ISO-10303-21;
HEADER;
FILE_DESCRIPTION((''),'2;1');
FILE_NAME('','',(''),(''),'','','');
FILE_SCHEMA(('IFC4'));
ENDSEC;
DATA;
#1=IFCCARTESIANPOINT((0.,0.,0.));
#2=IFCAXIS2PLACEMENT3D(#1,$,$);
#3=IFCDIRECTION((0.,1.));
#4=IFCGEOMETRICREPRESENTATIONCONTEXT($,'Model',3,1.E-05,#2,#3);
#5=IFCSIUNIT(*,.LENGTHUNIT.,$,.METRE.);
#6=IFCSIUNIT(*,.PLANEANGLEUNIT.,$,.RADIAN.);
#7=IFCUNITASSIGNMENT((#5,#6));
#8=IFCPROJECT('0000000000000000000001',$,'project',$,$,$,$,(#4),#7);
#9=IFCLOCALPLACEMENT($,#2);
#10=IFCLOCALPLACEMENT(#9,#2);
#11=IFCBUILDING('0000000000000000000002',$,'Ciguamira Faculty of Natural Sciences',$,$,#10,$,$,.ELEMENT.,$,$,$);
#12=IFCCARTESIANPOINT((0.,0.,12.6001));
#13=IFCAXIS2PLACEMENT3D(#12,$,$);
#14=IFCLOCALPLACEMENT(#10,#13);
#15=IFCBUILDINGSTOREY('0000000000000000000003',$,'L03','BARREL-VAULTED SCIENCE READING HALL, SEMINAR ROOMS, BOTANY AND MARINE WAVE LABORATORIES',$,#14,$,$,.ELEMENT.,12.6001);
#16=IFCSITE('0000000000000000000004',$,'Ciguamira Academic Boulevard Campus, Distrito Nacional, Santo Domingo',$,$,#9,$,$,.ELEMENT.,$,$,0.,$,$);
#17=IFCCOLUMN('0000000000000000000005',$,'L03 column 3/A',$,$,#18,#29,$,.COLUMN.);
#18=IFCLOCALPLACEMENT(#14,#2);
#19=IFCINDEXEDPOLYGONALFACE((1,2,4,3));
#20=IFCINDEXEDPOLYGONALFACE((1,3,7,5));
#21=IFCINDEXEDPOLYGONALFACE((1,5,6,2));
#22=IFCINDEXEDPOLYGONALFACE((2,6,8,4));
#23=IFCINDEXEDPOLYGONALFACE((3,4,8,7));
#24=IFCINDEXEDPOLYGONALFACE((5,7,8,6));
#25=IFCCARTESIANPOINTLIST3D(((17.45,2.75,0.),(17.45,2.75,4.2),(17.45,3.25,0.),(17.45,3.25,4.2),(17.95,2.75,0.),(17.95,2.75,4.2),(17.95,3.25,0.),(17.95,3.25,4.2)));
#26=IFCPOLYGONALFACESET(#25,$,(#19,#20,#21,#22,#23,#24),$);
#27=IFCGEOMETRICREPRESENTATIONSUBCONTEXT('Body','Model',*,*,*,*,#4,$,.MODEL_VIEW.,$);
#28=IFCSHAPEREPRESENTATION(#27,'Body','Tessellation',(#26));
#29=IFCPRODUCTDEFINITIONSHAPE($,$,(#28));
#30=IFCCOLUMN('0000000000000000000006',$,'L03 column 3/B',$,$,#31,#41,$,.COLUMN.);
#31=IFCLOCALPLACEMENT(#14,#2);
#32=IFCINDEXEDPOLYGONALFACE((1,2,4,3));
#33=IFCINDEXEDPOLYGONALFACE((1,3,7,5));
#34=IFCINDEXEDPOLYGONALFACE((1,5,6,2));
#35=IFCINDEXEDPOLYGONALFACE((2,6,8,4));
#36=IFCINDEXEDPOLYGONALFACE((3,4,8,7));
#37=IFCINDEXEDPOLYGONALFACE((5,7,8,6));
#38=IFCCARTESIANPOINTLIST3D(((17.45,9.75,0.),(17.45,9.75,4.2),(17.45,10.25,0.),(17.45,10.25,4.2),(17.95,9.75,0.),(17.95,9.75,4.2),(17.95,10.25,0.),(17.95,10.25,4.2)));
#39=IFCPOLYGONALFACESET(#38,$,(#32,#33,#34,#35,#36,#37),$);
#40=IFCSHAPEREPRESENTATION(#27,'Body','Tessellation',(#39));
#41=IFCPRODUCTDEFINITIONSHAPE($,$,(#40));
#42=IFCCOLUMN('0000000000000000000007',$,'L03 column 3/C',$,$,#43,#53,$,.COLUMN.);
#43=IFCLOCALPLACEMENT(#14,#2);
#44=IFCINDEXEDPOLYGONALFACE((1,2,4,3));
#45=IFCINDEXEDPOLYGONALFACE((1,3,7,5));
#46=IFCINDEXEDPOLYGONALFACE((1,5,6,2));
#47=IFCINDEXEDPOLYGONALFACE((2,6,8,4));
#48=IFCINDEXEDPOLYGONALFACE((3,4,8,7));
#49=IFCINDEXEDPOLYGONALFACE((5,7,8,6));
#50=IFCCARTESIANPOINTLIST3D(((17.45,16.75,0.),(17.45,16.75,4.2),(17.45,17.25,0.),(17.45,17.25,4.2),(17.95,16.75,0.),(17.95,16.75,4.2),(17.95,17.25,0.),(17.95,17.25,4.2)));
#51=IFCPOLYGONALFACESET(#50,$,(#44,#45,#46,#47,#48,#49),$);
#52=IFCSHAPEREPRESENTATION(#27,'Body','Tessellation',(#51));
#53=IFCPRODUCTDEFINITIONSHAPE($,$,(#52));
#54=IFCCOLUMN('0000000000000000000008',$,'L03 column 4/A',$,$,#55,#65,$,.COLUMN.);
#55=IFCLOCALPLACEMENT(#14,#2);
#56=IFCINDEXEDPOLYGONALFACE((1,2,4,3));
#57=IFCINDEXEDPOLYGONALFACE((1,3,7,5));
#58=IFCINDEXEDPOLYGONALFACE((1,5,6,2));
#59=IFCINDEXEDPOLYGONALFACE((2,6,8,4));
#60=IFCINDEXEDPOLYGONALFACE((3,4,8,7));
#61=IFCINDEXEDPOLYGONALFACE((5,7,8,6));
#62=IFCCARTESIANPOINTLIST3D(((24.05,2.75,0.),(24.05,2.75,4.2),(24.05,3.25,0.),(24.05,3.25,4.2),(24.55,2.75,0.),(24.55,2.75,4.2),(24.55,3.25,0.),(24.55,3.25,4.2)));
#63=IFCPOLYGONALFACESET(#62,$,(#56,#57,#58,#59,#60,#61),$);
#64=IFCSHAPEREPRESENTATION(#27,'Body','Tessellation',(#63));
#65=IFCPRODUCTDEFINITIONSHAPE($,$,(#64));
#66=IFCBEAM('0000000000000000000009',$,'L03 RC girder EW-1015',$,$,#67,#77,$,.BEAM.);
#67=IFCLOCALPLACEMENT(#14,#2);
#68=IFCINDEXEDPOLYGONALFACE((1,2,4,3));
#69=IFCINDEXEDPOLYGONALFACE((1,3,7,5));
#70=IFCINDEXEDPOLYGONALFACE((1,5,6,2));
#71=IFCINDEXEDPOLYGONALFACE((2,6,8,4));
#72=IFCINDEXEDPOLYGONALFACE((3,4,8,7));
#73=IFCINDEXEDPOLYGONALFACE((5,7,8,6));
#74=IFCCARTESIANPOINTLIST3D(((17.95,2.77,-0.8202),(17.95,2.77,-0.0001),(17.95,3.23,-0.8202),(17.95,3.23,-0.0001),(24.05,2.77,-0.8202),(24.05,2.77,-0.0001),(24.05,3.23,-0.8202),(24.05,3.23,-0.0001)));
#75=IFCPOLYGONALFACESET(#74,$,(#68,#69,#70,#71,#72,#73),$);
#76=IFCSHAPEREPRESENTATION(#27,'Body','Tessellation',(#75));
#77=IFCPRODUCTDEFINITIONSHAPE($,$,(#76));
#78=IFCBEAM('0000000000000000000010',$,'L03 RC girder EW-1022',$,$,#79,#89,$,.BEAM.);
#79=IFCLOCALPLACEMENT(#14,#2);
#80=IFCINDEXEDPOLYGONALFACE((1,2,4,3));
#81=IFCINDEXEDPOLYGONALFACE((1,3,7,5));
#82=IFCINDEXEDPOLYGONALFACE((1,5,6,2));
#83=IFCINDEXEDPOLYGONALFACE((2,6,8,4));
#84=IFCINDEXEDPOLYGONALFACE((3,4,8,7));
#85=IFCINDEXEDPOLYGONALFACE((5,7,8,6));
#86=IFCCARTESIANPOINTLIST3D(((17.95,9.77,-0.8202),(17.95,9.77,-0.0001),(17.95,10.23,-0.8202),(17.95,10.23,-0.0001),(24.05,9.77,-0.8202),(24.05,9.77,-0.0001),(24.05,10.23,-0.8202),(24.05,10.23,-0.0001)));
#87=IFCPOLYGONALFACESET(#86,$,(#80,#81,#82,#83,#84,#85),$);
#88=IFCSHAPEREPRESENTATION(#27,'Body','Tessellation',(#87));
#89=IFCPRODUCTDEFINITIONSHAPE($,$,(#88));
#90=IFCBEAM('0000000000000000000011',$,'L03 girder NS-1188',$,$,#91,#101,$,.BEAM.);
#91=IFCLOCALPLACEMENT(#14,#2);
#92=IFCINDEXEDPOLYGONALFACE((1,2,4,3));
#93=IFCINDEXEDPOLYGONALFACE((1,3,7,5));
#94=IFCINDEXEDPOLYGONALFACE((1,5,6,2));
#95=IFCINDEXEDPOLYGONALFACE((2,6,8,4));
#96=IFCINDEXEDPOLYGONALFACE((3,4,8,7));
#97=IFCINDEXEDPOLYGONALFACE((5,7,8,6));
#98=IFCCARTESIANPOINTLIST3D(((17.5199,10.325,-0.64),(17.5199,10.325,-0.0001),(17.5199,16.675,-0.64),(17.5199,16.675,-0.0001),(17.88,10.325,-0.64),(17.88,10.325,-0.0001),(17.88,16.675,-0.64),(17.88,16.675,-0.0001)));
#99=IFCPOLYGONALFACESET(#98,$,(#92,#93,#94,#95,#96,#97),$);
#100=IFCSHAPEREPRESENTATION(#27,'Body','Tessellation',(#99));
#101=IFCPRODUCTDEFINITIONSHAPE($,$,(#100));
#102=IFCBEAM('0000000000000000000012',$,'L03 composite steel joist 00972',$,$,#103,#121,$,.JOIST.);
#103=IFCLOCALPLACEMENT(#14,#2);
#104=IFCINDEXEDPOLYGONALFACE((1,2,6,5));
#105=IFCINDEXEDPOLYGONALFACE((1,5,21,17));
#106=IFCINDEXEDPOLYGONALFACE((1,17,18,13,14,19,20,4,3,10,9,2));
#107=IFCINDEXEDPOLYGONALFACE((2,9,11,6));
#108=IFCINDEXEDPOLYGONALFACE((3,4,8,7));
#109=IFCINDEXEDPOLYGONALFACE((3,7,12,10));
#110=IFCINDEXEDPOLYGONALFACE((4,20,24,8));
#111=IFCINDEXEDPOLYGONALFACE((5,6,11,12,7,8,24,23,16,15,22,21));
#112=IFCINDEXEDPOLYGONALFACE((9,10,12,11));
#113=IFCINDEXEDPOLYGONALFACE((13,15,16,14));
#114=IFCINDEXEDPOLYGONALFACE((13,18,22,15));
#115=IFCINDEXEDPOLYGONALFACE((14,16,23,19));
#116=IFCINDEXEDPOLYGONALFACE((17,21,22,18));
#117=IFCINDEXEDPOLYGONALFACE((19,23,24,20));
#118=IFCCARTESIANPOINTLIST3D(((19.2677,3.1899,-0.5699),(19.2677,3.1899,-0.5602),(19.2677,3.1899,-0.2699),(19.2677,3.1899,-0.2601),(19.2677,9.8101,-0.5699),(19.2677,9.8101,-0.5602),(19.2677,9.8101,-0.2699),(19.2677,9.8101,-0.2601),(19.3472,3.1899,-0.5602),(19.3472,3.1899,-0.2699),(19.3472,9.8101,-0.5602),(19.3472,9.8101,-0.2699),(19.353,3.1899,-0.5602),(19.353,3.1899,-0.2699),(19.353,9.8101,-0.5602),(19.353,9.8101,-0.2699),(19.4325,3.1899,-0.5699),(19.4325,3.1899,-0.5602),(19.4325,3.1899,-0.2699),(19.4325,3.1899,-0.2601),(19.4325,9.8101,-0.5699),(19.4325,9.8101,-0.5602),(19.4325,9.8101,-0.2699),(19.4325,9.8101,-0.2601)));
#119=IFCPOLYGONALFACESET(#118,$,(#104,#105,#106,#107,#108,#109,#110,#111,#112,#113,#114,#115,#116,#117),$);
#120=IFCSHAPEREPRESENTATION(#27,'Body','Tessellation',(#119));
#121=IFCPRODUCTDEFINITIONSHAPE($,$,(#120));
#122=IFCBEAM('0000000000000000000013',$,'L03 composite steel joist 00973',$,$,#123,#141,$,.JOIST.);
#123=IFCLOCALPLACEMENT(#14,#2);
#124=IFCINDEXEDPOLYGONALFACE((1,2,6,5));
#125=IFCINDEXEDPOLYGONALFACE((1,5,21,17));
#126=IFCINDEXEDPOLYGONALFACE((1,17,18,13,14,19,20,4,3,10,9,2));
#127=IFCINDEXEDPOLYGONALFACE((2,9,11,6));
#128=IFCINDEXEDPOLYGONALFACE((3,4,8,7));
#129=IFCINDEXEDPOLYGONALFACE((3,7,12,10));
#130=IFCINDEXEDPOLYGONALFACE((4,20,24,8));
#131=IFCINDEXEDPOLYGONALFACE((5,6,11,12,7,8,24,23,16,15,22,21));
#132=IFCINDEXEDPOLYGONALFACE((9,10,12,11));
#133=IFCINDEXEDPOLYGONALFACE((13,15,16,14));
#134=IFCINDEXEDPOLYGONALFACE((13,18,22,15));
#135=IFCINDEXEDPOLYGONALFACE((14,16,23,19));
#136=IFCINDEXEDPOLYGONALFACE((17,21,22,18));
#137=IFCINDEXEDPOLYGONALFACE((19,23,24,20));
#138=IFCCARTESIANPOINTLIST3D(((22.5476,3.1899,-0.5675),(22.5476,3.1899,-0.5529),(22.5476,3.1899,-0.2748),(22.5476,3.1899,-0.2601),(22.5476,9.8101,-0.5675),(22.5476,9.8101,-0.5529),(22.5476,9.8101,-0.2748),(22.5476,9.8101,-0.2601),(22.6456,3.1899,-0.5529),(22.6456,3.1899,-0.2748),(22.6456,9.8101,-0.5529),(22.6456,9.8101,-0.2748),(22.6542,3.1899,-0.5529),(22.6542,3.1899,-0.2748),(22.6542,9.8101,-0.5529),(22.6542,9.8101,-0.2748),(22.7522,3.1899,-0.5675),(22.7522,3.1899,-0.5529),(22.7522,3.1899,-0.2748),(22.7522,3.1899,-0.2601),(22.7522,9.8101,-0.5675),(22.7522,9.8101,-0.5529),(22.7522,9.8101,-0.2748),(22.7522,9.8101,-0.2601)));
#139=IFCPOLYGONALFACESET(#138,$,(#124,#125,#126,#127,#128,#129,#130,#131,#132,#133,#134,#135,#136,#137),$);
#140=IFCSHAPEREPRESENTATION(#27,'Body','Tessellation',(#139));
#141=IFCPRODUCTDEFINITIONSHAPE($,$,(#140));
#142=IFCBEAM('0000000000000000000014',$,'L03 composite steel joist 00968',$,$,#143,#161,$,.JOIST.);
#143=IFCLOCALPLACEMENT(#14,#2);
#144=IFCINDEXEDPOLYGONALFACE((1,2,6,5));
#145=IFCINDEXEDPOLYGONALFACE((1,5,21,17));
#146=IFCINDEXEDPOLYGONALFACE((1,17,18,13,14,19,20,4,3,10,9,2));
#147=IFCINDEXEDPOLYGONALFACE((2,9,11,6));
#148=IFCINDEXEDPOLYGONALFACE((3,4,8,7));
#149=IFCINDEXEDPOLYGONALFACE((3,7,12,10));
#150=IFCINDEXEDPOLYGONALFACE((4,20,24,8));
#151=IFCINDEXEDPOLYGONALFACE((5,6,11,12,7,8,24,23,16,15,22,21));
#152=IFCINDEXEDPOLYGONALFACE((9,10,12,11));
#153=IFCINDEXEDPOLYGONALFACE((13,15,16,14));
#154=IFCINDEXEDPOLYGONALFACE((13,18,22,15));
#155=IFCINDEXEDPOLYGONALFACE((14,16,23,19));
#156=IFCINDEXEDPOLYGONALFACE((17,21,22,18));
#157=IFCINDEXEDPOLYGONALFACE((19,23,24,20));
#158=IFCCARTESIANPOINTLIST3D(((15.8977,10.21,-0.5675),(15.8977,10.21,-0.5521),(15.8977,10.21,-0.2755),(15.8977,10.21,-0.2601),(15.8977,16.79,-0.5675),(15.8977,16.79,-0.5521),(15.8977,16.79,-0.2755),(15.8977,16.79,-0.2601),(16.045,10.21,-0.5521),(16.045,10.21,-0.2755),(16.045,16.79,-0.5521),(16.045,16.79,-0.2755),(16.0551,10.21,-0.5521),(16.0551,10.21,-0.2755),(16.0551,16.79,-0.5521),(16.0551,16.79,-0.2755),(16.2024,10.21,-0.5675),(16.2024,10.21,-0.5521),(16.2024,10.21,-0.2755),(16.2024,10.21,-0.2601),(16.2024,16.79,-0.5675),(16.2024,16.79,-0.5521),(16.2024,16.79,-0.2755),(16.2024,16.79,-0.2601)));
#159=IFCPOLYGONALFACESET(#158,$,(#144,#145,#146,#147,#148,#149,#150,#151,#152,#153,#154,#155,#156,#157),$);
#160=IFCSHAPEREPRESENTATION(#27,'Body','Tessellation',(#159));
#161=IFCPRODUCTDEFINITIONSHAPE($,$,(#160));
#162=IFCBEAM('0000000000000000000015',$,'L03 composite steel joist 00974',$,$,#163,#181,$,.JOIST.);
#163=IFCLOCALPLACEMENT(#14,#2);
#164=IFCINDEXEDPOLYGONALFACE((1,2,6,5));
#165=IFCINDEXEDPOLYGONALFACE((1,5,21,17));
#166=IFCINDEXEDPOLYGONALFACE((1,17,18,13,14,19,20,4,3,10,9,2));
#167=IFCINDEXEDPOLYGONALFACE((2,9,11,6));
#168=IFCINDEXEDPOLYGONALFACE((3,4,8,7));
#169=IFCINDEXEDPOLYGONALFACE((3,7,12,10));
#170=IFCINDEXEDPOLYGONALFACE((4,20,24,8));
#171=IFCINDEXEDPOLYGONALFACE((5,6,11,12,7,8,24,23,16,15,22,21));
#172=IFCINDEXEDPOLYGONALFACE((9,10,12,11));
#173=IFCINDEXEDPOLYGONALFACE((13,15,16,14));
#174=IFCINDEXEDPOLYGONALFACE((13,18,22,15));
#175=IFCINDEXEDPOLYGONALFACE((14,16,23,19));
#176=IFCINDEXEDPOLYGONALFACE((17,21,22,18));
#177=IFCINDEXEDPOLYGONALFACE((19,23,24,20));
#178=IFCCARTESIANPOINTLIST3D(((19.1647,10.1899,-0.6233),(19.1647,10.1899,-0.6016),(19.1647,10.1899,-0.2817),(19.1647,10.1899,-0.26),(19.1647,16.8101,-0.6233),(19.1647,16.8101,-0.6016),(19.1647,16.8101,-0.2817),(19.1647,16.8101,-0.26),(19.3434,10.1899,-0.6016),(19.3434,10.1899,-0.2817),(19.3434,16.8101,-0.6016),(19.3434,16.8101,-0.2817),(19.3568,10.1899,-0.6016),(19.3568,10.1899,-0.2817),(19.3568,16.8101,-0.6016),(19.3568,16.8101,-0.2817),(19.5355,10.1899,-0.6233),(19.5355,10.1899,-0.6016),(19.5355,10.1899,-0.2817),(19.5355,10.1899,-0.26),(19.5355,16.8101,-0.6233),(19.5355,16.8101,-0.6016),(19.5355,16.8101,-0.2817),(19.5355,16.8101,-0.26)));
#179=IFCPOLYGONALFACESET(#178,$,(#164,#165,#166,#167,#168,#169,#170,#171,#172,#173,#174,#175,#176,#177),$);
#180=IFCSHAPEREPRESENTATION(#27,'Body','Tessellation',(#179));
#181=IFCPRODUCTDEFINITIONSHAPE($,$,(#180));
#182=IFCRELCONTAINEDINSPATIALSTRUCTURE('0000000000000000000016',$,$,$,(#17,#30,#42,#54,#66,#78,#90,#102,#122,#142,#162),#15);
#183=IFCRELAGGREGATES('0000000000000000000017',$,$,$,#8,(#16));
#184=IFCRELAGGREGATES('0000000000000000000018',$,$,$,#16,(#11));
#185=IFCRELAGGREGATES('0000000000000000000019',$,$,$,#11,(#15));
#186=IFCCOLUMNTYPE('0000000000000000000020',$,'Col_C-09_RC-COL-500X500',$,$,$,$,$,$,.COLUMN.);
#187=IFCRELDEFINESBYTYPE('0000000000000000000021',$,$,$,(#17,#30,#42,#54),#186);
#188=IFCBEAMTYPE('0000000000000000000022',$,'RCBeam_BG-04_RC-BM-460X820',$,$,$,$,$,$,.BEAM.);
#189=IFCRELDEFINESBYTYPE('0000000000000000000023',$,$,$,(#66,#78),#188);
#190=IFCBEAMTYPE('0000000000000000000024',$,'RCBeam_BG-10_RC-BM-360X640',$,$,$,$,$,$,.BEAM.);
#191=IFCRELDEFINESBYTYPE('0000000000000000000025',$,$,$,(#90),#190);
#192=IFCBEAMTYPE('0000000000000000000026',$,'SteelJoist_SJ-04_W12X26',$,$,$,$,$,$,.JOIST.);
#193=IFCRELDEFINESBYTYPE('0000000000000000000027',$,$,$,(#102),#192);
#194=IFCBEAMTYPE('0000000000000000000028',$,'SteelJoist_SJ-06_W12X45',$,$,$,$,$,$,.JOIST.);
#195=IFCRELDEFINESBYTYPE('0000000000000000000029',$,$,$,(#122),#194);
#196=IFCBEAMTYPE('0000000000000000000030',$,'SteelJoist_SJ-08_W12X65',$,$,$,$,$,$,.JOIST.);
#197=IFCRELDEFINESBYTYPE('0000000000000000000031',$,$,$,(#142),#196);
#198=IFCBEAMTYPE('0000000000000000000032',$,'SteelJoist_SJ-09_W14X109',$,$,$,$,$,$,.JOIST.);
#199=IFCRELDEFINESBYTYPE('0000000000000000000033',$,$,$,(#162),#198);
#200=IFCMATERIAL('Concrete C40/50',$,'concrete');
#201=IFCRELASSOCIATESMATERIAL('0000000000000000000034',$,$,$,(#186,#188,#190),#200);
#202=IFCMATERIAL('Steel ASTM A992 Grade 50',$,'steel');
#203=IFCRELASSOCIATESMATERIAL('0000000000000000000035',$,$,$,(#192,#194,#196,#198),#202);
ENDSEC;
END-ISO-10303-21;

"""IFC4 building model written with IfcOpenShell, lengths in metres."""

from ifc_helpers import new_model, si_unit, direction, frame, origin, origin_2d, place, context, subcontext, project, spatial, rectangle, i_section, extrude, material, material_profile, profile_set, type_object, element, save


model = new_model("IFC4")

# Units and contexts
model_context = context("Model", 3, precision=1e-05, world=origin(), true_north=direction((0.0, 1.0)))
body_context = subcontext(model_context, "Body", "Model", "MODEL_VIEW")
ifc_project = project(units=[si_unit("LENGTHUNIT", "METRE"), si_unit("PLANEANGLEUNIT", "RADIAN")], contexts=[model_context])

# Site, building, storey
site_placement = place(None, origin())
site = spatial("IfcSite", under=ifc_project, at=site_placement, Name="Ciguamira Academic Boulevard Campus, Distrito Nacional, Santo Domingo", CompositionType="ELEMENT", RefElevation=0.0)
building_placement = place(site_placement, origin())
building = spatial("IfcBuilding", under=site, at=building_placement, Name="Ciguamira Faculty of Natural Sciences", CompositionType="ELEMENT")
storey_placement = place(building_placement, frame((0.0, 0.0, 12.6001)))
storey = spatial("IfcBuildingStorey", under=building, at=storey_placement, Name="L03", Description="BARREL-VAULTED SCIENCE READING HALL, SEMINAR ROOMS, BOTANY AND MARINE WAVE LABORATORIES", CompositionType="ELEMENT", Elevation=12.6001)

# Columns
ifc_material_1 = material(Name="Concrete C40/50", Category="concrete")
ifc_material_profile_1 = material_profile(ifc_material_1, rectangle(XDim=0.5, YDim=0.5, at=origin_2d()), Name="RC-COL-500X500")
ifc_profile_set_1 = profile_set([ifc_material_profile_1], Name="Concrete C40/50")
column_type = type_object("IfcColumnType", Name="Col_C-09_RC-COL-500X500", PredefinedType="COLUMN", material=ifc_profile_set_1)
for number, where, z_axis, x_axis, name in (
    (1, (17.7, 3.0, 0.0), (0.0, 0.0, 1.0), (1.0, 0.0, 0.0), "L03 column 3/A"),
    (2, (17.7, 10.0, 0.0), (0.0, 0.0, 1.0), (1.0, 0.0, 0.0), "L03 column 3/B"),
    (3, (17.7, 17.0, 0.0), (0.0, 0.0, 1.0), (1.0, 0.0, 0.0), "L03 column 3/C"),
    (4, (24.3, 3.0, 0.0), (0.0, 0.0, 1.0), (1.0, 0.0, 0.0), "L03 column 4/A"),
):
    element("IfcColumn", number, at=place(storey_placement, frame(where, z_axis=z_axis, x_axis=x_axis)), inside=storey, type_object=column_type, Name=name, PredefinedType="COLUMN", context=body_context, shape_type="SweptSolid", body=[
        extrude(rectangle(XDim=0.5, YDim=0.5, at=origin_2d()), origin(), (0.0, 0.0, 1.0), 4.2),
    ])

# Beams
ifc_material_profile_2 = material_profile(ifc_material_1, rectangle(XDim=0.46, YDim=0.8201, at=origin_2d()), Name="RC-BM-460X820")
ifc_profile_set_2 = profile_set([ifc_material_profile_2], Name="Concrete C40/50")
beam_type_1 = type_object("IfcBeamType", Name="RCBeam_BG-04_RC-BM-460X820", PredefinedType="BEAM", material=ifc_profile_set_2)
for number, where, z_axis, x_axis, name in (
    (5, (17.95, 3.0, -0.4102), (1.0, 0.0, 0.0), (0.0, 1.0, 0.0), "L03 RC girder EW-1015"),
    (6, (17.95, 10.0, -0.4102), (1.0, 0.0, 0.0), (0.0, 1.0, 0.0), "L03 RC girder EW-1022"),
):
    element("IfcBeam", number, at=place(storey_placement, frame(where, z_axis=z_axis, x_axis=x_axis)), inside=storey, type_object=beam_type_1, Name=name, PredefinedType="BEAM", context=body_context, shape_type="SweptSolid", body=[
        extrude(rectangle(XDim=0.46, YDim=0.8201, at=origin_2d()), origin(), (0.0, 0.0, 1.0), 6.1001),
    ])
ifc_material_profile_3 = material_profile(ifc_material_1, rectangle(XDim=0.3601, YDim=0.6399, at=origin_2d()), Name="RC-BM-360X640")
ifc_profile_set_3 = profile_set([ifc_material_profile_3], Name="Concrete C40/50")
beam_type_2 = type_object("IfcBeamType", Name="RCBeam_BG-10_RC-BM-360X640", PredefinedType="BEAM", material=ifc_profile_set_3)
beam_1_placement = place(storey_placement, frame((17.7, 10.325, -0.3201), z_axis=(0.0, 1.0, 0.0), x_axis=(-1.0, 0.0, 0.0)))
element("IfcBeam", 7, at=beam_1_placement, inside=storey, type_object=beam_type_2, Name="L03 girder NS-1188", PredefinedType="BEAM", context=body_context, shape_type="SweptSolid", body=[
    extrude(rectangle(XDim=0.3601, YDim=0.6399, at=origin_2d()), origin(), (0.0, 0.0, 1.0), 6.3501),
])
ifc_material_2 = material(Name="Steel ASTM A992 Grade 50", Category="steel")
ifc_material_profile_4 = material_profile(ifc_material_2, i_section(OverallWidth=0.1648, OverallDepth=0.3098, WebThickness=0.0059, FlangeThickness=0.0098, at=origin_2d()), Name="W12X26")
ifc_profile_set_4 = profile_set([ifc_material_profile_4], Name="Steel ASTM A992 Grade 50")
beam_type_3 = type_object("IfcBeamType", Name="SteelJoist_SJ-04_W12X26", PredefinedType="JOIST", material=ifc_profile_set_4)
beam_2_placement = place(storey_placement, frame((19.3501, 3.1899, -0.415), z_axis=(0.0, 1.0, 0.0), x_axis=(-1.0, 0.0, 0.0)))
element("IfcBeam", 8, at=beam_2_placement, inside=storey, type_object=beam_type_3, Name="L03 composite steel joist 00972", PredefinedType="JOIST", context=body_context, shape_type="SweptSolid", body=[
    extrude(i_section(OverallWidth=0.1648, OverallDepth=0.3098, WebThickness=0.0059, FlangeThickness=0.0098, at=origin_2d()), origin(), (0.0, 0.0, 1.0), 6.6201),
])
ifc_material_profile_5 = material_profile(ifc_material_2, i_section(OverallWidth=0.2046, OverallDepth=0.3074, WebThickness=0.0085, FlangeThickness=0.0146, at=origin_2d()), Name="W12X45")
ifc_profile_set_5 = profile_set([ifc_material_profile_5], Name="Steel ASTM A992 Grade 50")
beam_type_4 = type_object("IfcBeamType", Name="SteelJoist_SJ-06_W12X45", PredefinedType="JOIST", material=ifc_profile_set_5)
beam_3_placement = place(storey_placement, frame((22.6499, 3.1899, -0.4138), z_axis=(0.0, 1.0, 0.0), x_axis=(-1.0, 0.0, 0.0)))
element("IfcBeam", 9, at=beam_3_placement, inside=storey, type_object=beam_type_4, Name="L03 composite steel joist 00973", PredefinedType="JOIST", context=body_context, shape_type="SweptSolid", body=[
    extrude(i_section(OverallWidth=0.2046, OverallDepth=0.3074, WebThickness=0.0085, FlangeThickness=0.0146, at=origin_2d()), origin(), (0.0, 0.0, 1.0), 6.6201),
])
ifc_material_profile_6 = material_profile(ifc_material_2, i_section(OverallWidth=0.3047, OverallDepth=0.3074, WebThickness=0.01, FlangeThickness=0.0154, at=origin_2d()), Name="W12X65")
ifc_profile_set_6 = profile_set([ifc_material_profile_6], Name="Steel ASTM A992 Grade 50")
beam_type_5 = type_object("IfcBeamType", Name="SteelJoist_SJ-08_W12X65", PredefinedType="JOIST", material=ifc_profile_set_6)
beam_4_placement = place(storey_placement, frame((16.05, 10.21, -0.4138), z_axis=(0.0, 1.0, 0.0), x_axis=(-1.0, 0.0, 0.0)))
element("IfcBeam", 10, at=beam_4_placement, inside=storey, type_object=beam_type_5, Name="L03 composite steel joist 00968", PredefinedType="JOIST", context=body_context, shape_type="SweptSolid", body=[
    extrude(i_section(OverallWidth=0.3047, OverallDepth=0.3074, WebThickness=0.01, FlangeThickness=0.0154, at=origin_2d()), origin(), (0.0, 0.0, 1.0), 6.5801),
])
ifc_material_profile_7 = material_profile(ifc_material_2, i_section(OverallWidth=0.3708, OverallDepth=0.3633, WebThickness=0.0134, FlangeThickness=0.0217, at=origin_2d()), Name="W14X109")
ifc_profile_set_7 = profile_set([ifc_material_profile_7], Name="Steel ASTM A992 Grade 50")
beam_type_6 = type_object("IfcBeamType", Name="SteelJoist_SJ-09_W14X109", PredefinedType="JOIST", material=ifc_profile_set_7)
beam_5_placement = place(storey_placement, frame((19.3501, 10.1899, -0.4417), z_axis=(0.0, 1.0, 0.0), x_axis=(-1.0, 0.0, 0.0)))
element("IfcBeam", 11, at=beam_5_placement, inside=storey, type_object=beam_type_6, Name="L03 composite steel joist 00974", PredefinedType="JOIST", context=body_context, shape_type="SweptSolid", body=[
    extrude(i_section(OverallWidth=0.3708, OverallDepth=0.3633, WebThickness=0.0134, FlangeThickness=0.0217, at=origin_2d()), origin(), (0.0, 0.0, 1.0), 6.6201),
])

save(model, "model.ifc")
